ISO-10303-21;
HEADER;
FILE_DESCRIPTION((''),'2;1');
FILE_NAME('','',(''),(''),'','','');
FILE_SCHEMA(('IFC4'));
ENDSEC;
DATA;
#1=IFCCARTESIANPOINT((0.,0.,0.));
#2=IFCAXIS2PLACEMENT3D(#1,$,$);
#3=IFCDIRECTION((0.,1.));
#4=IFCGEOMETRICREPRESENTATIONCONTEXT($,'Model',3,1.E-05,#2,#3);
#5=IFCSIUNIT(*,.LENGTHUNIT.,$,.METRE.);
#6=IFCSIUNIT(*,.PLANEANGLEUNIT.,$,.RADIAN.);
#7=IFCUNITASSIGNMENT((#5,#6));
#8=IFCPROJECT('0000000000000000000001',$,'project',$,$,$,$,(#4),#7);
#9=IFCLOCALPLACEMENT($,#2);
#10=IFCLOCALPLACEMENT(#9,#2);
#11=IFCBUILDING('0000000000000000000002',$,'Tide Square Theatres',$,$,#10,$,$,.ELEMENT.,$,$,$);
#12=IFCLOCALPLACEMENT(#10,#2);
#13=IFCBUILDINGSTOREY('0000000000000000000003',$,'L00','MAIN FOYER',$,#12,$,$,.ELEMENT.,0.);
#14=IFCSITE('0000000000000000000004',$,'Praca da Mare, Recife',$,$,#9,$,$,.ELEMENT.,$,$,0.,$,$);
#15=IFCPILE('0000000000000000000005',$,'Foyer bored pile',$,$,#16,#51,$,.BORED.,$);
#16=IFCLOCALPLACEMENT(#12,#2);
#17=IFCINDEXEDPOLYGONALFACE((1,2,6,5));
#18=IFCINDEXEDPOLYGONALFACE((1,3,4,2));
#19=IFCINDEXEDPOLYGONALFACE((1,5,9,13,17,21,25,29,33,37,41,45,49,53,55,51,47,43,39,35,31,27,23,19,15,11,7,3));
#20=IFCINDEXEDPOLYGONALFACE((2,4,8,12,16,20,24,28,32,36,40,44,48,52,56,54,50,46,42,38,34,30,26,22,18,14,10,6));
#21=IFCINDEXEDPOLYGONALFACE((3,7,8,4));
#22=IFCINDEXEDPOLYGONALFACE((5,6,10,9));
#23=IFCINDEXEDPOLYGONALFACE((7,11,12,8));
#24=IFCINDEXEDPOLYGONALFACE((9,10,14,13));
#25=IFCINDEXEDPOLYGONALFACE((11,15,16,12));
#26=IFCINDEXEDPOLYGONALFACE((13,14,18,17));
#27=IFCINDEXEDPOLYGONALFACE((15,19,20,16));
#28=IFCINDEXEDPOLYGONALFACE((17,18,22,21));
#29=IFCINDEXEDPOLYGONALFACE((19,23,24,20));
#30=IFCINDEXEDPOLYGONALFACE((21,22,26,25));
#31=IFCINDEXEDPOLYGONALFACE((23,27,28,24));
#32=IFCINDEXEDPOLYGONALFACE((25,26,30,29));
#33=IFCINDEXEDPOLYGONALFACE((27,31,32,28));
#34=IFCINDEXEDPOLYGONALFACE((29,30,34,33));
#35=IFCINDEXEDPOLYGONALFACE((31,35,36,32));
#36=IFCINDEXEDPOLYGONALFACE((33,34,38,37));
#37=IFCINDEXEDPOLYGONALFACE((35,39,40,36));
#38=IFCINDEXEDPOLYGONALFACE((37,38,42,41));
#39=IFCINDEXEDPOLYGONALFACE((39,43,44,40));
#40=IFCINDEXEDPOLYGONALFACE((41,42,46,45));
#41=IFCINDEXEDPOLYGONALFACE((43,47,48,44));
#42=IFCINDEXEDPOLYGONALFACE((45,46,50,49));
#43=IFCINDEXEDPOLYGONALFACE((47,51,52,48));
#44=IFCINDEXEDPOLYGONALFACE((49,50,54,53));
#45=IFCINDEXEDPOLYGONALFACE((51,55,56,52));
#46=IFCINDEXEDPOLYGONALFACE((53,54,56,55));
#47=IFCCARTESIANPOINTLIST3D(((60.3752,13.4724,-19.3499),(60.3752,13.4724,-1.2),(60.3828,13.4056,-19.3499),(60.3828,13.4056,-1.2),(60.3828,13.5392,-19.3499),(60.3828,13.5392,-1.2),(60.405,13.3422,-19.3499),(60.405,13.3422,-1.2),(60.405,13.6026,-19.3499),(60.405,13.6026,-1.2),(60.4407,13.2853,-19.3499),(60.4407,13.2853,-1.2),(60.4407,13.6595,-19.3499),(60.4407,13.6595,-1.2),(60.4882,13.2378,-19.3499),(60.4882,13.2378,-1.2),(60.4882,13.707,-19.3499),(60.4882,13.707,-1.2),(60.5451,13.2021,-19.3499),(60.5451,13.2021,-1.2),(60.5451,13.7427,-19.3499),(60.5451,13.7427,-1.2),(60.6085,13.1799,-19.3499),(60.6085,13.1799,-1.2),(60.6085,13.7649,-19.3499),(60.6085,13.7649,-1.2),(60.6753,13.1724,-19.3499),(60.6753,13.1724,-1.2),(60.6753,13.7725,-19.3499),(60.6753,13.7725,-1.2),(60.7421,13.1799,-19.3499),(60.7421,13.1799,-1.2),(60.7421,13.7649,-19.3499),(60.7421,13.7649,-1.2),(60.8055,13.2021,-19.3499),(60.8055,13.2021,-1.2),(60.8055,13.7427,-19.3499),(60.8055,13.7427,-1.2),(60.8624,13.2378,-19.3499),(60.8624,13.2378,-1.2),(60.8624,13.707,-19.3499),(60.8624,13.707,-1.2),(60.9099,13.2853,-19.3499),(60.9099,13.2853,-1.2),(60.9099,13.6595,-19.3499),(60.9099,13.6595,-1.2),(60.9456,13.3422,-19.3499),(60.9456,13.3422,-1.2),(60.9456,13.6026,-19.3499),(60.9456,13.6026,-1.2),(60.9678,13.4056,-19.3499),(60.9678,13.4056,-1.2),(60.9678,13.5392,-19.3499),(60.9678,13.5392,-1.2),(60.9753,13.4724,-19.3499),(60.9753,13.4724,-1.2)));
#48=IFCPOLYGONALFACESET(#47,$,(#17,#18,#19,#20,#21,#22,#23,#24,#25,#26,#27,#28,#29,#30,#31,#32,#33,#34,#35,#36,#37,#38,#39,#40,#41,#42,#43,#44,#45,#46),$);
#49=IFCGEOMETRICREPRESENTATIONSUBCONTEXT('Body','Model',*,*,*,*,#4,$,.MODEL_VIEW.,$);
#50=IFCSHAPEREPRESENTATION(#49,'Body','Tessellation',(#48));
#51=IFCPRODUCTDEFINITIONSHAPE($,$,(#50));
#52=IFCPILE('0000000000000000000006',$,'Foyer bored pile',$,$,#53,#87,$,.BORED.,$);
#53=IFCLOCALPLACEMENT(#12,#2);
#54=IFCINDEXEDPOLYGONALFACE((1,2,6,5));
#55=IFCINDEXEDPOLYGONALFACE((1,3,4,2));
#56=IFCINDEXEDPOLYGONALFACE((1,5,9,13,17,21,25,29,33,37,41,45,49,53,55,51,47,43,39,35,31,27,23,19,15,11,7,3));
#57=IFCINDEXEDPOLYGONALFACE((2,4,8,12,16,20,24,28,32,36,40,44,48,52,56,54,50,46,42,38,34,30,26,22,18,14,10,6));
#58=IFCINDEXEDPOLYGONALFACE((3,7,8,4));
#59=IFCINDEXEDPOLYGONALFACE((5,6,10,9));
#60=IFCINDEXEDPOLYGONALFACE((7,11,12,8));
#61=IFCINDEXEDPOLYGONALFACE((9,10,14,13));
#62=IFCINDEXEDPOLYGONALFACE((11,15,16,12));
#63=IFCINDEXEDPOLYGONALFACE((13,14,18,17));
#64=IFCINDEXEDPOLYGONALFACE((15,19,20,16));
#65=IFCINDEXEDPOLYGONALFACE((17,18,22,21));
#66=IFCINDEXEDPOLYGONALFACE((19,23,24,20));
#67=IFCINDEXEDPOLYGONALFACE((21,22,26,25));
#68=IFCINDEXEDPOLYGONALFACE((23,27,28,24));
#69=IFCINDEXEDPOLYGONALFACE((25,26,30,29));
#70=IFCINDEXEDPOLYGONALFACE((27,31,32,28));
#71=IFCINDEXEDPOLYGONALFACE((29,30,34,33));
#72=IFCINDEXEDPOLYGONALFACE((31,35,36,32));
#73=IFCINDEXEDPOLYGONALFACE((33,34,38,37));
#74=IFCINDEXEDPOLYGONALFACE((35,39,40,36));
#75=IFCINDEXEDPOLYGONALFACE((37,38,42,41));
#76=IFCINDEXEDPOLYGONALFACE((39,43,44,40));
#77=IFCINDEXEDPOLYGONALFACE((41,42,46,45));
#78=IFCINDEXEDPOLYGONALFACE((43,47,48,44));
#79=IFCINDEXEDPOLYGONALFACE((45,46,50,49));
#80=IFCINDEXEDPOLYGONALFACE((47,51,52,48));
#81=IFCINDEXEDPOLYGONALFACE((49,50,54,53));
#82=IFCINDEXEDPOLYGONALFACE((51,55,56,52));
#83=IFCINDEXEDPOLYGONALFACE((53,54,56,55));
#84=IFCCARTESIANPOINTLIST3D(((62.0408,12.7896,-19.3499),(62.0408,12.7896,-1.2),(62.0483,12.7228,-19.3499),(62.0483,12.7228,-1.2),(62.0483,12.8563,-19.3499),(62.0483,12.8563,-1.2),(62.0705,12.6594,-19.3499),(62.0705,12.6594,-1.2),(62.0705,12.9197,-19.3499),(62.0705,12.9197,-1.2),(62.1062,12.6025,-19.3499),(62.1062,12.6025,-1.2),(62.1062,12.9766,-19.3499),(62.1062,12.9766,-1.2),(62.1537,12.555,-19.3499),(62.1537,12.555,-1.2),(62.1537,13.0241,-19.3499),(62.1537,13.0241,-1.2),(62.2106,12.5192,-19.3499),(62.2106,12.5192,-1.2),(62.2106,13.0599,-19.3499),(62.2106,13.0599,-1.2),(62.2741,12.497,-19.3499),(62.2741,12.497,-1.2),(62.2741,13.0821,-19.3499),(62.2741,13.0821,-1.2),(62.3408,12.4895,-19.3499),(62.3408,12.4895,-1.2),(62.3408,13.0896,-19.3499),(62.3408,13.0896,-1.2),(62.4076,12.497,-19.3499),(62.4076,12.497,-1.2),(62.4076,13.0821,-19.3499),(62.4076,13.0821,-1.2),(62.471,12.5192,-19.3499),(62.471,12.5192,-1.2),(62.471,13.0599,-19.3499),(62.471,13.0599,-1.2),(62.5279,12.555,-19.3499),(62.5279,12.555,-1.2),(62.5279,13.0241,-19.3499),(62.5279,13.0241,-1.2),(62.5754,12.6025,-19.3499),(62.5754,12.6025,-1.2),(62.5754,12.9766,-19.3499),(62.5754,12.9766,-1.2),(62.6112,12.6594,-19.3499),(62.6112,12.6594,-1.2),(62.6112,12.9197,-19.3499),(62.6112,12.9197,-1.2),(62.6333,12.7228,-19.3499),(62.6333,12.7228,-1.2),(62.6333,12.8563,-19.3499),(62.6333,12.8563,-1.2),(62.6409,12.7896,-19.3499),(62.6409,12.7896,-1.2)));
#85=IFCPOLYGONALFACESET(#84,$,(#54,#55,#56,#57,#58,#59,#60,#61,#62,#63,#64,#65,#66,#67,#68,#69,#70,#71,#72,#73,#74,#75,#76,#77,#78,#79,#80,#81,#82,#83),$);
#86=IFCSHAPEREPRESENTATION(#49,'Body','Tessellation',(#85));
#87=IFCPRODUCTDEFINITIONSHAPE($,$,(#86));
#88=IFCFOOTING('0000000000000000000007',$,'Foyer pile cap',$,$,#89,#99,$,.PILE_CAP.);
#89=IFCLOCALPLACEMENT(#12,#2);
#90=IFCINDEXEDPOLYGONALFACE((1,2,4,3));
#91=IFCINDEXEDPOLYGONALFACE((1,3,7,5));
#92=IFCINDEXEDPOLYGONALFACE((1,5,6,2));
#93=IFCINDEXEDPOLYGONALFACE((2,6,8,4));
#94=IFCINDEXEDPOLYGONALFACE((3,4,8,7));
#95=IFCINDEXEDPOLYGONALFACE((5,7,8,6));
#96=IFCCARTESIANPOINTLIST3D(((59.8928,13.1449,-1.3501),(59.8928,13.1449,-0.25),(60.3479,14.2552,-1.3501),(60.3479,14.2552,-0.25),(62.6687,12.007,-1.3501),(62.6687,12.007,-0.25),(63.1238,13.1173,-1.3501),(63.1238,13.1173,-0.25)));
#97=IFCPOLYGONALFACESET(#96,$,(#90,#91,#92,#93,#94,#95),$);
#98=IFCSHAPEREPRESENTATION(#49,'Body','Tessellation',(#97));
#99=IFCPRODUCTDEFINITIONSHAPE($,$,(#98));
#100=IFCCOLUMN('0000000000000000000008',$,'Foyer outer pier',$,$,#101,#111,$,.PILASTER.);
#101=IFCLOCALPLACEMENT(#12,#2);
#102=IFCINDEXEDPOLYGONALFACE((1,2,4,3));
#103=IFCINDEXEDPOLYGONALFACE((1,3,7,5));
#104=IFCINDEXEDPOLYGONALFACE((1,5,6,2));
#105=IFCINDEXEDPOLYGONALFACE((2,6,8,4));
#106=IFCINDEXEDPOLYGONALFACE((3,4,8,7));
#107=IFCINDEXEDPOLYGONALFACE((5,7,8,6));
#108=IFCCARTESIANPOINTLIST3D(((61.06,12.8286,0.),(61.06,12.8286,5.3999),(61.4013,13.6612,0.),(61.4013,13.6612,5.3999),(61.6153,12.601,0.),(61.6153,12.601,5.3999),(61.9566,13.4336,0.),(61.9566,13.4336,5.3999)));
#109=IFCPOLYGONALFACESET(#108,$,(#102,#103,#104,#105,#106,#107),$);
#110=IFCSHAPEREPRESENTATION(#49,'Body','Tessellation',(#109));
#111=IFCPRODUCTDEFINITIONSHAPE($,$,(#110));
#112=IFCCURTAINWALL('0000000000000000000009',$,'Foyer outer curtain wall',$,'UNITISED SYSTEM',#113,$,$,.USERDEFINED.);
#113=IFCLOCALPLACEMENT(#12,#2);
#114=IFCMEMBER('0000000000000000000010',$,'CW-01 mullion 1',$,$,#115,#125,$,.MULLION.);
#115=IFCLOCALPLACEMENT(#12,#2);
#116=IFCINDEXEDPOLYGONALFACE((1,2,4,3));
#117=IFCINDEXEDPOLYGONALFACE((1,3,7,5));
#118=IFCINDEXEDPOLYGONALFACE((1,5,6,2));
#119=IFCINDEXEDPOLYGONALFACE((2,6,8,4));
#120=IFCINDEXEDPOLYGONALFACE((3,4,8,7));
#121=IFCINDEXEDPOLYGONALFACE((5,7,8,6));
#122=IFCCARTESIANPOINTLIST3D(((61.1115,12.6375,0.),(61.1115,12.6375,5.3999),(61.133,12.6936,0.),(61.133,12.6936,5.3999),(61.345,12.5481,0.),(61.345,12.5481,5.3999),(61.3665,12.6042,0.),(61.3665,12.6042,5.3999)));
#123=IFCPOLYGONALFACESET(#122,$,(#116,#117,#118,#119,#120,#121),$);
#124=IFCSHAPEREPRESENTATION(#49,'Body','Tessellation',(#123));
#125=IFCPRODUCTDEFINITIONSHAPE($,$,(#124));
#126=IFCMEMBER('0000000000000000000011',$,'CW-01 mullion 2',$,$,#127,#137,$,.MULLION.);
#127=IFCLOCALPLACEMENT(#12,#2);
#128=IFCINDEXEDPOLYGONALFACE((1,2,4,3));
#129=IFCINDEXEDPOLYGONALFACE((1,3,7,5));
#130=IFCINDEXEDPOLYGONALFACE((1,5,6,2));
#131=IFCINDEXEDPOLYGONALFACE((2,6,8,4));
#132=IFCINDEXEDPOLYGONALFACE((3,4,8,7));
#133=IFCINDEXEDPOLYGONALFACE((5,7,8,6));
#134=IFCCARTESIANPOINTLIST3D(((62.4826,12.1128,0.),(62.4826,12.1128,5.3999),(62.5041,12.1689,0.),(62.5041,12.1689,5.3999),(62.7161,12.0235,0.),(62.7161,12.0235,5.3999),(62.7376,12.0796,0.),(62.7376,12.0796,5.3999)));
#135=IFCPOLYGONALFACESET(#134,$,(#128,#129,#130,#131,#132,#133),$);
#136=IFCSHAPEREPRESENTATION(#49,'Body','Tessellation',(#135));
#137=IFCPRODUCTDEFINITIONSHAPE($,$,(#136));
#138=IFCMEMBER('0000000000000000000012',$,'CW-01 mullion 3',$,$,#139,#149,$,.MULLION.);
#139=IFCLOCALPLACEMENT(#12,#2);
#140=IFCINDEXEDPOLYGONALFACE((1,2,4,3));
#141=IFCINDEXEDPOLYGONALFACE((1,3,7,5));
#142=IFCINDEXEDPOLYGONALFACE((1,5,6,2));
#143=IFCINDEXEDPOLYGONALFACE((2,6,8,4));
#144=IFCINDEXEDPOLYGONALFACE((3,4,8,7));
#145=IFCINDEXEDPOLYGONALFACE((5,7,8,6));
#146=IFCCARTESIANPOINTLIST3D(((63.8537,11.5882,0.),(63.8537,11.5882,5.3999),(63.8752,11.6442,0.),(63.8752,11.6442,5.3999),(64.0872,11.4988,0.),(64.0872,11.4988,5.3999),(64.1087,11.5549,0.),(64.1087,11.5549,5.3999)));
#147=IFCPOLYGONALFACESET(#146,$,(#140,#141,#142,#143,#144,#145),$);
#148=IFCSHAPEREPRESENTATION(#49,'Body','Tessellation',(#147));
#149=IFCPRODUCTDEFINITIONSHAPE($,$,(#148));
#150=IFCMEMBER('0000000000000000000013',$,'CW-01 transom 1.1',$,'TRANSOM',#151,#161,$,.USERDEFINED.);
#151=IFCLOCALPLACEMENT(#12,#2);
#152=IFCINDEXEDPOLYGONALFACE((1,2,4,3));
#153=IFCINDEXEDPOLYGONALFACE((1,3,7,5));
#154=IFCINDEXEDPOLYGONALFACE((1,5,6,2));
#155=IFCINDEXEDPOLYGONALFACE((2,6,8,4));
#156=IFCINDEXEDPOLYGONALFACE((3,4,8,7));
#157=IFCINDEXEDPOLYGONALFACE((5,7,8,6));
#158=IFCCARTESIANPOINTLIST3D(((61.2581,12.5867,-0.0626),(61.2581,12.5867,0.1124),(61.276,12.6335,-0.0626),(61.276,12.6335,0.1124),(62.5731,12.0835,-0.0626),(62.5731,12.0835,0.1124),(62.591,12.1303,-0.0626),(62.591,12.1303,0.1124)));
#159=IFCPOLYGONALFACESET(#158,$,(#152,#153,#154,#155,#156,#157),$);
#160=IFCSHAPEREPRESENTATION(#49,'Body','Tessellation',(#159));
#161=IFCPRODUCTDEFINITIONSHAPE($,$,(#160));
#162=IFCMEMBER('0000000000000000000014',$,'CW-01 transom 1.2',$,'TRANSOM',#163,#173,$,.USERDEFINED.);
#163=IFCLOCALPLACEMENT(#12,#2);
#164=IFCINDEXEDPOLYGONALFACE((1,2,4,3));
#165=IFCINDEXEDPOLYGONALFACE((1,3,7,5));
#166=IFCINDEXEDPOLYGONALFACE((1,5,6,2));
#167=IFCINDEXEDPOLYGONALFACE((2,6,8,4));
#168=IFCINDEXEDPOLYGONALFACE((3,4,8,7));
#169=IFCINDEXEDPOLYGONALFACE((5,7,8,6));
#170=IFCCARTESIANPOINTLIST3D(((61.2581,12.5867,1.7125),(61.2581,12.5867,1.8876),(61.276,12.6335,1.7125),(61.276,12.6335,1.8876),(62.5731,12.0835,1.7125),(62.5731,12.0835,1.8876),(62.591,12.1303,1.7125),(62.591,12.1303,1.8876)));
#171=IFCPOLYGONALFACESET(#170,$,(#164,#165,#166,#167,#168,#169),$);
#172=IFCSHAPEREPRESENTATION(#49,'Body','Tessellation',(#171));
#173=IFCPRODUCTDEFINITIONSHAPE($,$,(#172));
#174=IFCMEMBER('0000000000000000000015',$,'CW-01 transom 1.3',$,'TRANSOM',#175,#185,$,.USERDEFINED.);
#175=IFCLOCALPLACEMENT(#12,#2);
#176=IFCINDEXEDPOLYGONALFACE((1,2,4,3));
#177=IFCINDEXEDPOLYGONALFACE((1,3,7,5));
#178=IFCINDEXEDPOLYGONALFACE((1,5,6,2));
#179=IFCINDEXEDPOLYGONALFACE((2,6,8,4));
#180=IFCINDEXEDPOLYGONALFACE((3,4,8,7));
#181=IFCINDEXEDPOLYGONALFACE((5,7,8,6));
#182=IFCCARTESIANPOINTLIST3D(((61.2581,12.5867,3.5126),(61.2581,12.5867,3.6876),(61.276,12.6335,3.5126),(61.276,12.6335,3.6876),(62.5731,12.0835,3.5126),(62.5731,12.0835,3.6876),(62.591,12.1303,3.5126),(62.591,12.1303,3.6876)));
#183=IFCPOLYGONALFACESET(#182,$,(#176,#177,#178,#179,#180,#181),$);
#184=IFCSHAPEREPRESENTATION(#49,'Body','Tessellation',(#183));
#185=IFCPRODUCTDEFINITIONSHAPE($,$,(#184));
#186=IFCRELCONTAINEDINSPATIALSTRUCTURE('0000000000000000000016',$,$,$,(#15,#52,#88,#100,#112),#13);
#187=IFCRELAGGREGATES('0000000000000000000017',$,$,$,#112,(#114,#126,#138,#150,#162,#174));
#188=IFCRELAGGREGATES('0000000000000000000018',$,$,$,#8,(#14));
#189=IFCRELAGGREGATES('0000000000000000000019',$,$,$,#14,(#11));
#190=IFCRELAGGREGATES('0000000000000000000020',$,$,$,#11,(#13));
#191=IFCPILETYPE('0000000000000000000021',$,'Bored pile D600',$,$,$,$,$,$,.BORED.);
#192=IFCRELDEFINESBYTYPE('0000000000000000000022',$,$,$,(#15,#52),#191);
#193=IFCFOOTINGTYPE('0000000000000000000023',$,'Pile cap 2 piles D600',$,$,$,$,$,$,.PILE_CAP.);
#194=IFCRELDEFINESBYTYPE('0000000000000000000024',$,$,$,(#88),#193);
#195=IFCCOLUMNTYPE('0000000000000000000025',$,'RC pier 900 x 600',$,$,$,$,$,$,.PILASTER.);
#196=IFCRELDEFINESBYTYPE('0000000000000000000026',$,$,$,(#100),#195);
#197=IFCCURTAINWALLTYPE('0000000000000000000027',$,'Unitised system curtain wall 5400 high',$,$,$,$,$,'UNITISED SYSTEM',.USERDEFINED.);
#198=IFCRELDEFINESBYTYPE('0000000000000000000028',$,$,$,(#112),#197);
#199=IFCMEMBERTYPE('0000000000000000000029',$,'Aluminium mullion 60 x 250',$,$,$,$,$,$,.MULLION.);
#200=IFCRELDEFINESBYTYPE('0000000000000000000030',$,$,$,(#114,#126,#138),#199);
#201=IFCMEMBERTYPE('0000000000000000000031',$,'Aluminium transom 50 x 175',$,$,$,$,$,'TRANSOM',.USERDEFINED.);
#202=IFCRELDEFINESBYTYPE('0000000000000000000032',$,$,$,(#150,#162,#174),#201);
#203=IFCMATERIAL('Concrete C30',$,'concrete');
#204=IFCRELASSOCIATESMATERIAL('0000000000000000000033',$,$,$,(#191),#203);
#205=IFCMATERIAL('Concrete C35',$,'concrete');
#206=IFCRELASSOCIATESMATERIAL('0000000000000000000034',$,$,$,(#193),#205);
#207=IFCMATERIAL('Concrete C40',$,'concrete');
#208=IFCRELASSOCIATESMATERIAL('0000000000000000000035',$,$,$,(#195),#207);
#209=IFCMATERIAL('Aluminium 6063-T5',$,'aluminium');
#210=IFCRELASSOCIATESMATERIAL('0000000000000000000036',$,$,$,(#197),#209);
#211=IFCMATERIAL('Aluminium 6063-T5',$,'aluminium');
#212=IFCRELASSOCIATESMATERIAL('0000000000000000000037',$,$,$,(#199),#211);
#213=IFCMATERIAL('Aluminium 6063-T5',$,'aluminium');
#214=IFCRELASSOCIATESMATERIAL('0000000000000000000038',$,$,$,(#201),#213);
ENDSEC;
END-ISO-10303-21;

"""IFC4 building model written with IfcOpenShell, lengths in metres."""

from ifc_helpers import new_model, si_unit, direction, frame, origin, origin_2d, place, context, subcontext, project, spatial, rectangle, circle, extrude, material, material_profile, profile_set, type_object, element, aggregate, save


model = new_model("IFC4")

# Units and contexts
model_context = context("Model", 3, precision=1e-05, world=origin(), true_north=direction((0.0, 1.0)))
body_context = subcontext(model_context, "Body", "Model", "MODEL_VIEW")
ifc_project = project(units=[si_unit("LENGTHUNIT", "METRE"), si_unit("PLANEANGLEUNIT", "RADIAN")], contexts=[model_context])

# Site, building, storey
site_placement = place(None, origin())
site = spatial("IfcSite", under=ifc_project, at=site_placement, Name="Praca da Mare, Recife", CompositionType="ELEMENT", RefElevation=0.0)
building_placement = place(site_placement, origin())
building = spatial("IfcBuilding", under=site, at=building_placement, Name="Tide Square Theatres", CompositionType="ELEMENT")
storey_placement = place(building_placement, origin())
storey = spatial("IfcBuildingStorey", under=building, at=storey_placement, Name="L00", Description="MAIN FOYER", CompositionType="ELEMENT", Elevation=0.0)

# Piles
ifc_material_1 = material(Name="Concrete C30", Category="concrete")
ifc_material_profile_1 = material_profile(ifc_material_1, circle(Radius=0.3, at=origin_2d()))
ifc_profile_set_1 = profile_set([ifc_material_profile_1], Name="Concrete C30")
pile_type = type_object("IfcPileType", Name="Bored pile D600", PredefinedType="BORED", material=ifc_profile_set_1)
for number, where, z_axis, x_axis, name in (
    (1, (60.6753, 13.4724, -1.2), (0.0, 0.0, -1.0), (1.0, 0.0, 0.0), "Foyer bored pile"),
    (2, (62.3408, 12.7896, -1.2), (0.0, 0.0, -1.0), (1.0, 0.0, 0.0), "Foyer bored pile"),
):
    element("IfcPile", number, at=place(storey_placement, frame(where, z_axis=z_axis, x_axis=x_axis)), inside=storey, type_object=pile_type, Name=name, PredefinedType="BORED", context=body_context, shape_type="SweptSolid", body=[
        extrude(circle(Radius=0.3, at=origin_2d()), origin(), (0.0, 0.0, 1.0), 18.1499),
    ])

# Footing
ifc_material_2 = material(Name="Concrete C35", Category="concrete")
footing_type = type_object("IfcFootingType", Name="Pile cap 2 piles D600", PredefinedType="PILE_CAP", material=ifc_material_2)
footing_placement = place(storey_placement, frame((61.5083, 13.1311, -1.3501), z_axis=(0.0, 0.0, 1.0), x_axis=(0.925279, -0.379288, 0.0)))
element("IfcFooting", 3, at=footing_placement, inside=storey, type_object=footing_type, Name="Foyer pile cap", PredefinedType="PILE_CAP", context=body_context, shape_type="SweptSolid", body=[
    extrude(rectangle(XDim=3.0, YDim=1.2, at=origin_2d()), origin(), (0.0, 0.0, 1.0), 1.1001),
])

# Column
ifc_material_3 = material(Name="Concrete C40", Category="concrete")
ifc_material_profile_2 = material_profile(ifc_material_3, rectangle(XDim=0.8999, YDim=0.6001, at=origin_2d()))
ifc_profile_set_2 = profile_set([ifc_material_profile_2], Name="Concrete C40")
column_type = type_object("IfcColumnType", Name="RC pier 900 x 600", PredefinedType="PILASTER", material=ifc_profile_set_2)
column_placement = place(storey_placement, frame((61.5083, 13.1311, 0.0), z_axis=(0.0, 0.0, 1.0), x_axis=(-0.379288, -0.925279, 0.0)))
element("IfcColumn", 4, at=column_placement, inside=storey, type_object=column_type, Name="Foyer outer pier", PredefinedType="PILASTER", context=body_context, shape_type="SweptSolid", body=[
    extrude(rectangle(XDim=0.8999, YDim=0.6001, at=origin_2d()), origin(), (0.0, 0.0, 1.0), 5.3999),
])

# Curtain wall, members
ifc_material_4 = material(Name="Aluminium 6063-T5", Category="aluminium")
curtain_wall_type = type_object("IfcCurtainWallType", Name="Unitised system curtain wall 5400 high", ElementType="UNITISED SYSTEM", PredefinedType="USERDEFINED", material=ifc_material_4)
curtain_wall_placement = place(storey_placement, origin())
curtain_wall = element("IfcCurtainWall", 5, at=curtain_wall_placement, inside=storey, type_object=curtain_wall_type, Name="Foyer outer curtain wall", ObjectType="UNITISED SYSTEM", PredefinedType="USERDEFINED")
ifc_material_5 = material(Name="Aluminium 6063-T5", Category="aluminium")
ifc_material_profile_3 = material_profile(ifc_material_5, rectangle(XDim=0.0601, YDim=0.25, at=origin_2d()))
ifc_profile_set_3 = profile_set([ifc_material_profile_3], Name="Aluminium 6063-T5")
member_type_1 = type_object("IfcMemberType", Name="Aluminium mullion 60 x 250", PredefinedType="MULLION", material=ifc_profile_set_3)
member_1_placement = place(storey_placement, frame((61.239, 12.6208, 0.0), z_axis=(0.0, 0.0, 1.0), x_axis=(0.357352, 0.93397, 0.0)))
member_1 = element("IfcMember", 6, at=member_1_placement, type_object=member_type_1, Name="CW-01 mullion 1", PredefinedType="MULLION", context=body_context, shape_type="SweptSolid", body=[
    extrude(rectangle(XDim=0.0601, YDim=0.25, at=origin_2d()), origin(), (0.0, 0.0, 1.0), 5.3999),
])
member_2_placement = place(storey_placement, frame((62.6101, 12.0962, 0.0), z_axis=(0.0, 0.0, 1.0), x_axis=(0.357352, 0.93397, 0.0)))
member_2 = element("IfcMember", 7, at=member_2_placement, type_object=member_type_1, Name="CW-01 mullion 2", PredefinedType="MULLION", context=body_context, shape_type="SweptSolid", body=[
    extrude(rectangle(XDim=0.0601, YDim=0.25, at=origin_2d()), origin(), (0.0, 0.0, 1.0), 5.3999),
])
member_3_placement = place(storey_placement, frame((63.9812, 11.5715, 0.0), z_axis=(0.0, 0.0, 1.0), x_axis=(0.357352, 0.93397, 0.0)))
member_3 = element("IfcMember", 8, at=member_3_placement, type_object=member_type_1, Name="CW-01 mullion 3", PredefinedType="MULLION", context=body_context, shape_type="SweptSolid", body=[
    extrude(rectangle(XDim=0.0601, YDim=0.25, at=origin_2d()), origin(), (0.0, 0.0, 1.0), 5.3999),
])
ifc_material_6 = material(Name="Aluminium 6063-T5", Category="aluminium")
ifc_material_profile_4 = material_profile(ifc_material_6, rectangle(XDim=0.05, YDim=0.175, at=origin_2d()))
ifc_profile_set_4 = profile_set([ifc_material_profile_4], Name="Aluminium 6063-T5")
member_type_2 = type_object("IfcMemberType", Name="Aluminium transom 50 x 175", ElementType="TRANSOM", PredefinedType="USERDEFINED", material=ifc_profile_set_4)
member_4_placement = place(storey_placement, frame((61.2671, 12.6101, 0.0249), z_axis=(0.933957, -0.357387, 0.0), x_axis=(0.357387, 0.933957, 0.0)))
member_4 = element("IfcMember", 9, at=member_4_placement, type_object=member_type_2, Name="CW-01 transom 1.1", ObjectType="TRANSOM", PredefinedType="USERDEFINED", context=body_context, shape_type="SweptSolid", body=[
    extrude(rectangle(XDim=0.05, YDim=0.175, at=origin_2d()), origin(), (0.0, 0.0, 1.0), 1.408),
])
member_5_placement = place(storey_placement, frame((61.2671, 12.6101, 1.8), z_axis=(0.933957, -0.357387, 0.0), x_axis=(0.357387, 0.933957, 0.0)))
member_5 = element("IfcMember", 10, at=member_5_placement, type_object=member_type_2, Name="CW-01 transom 1.2", ObjectType="TRANSOM", PredefinedType="USERDEFINED", context=body_context, shape_type="SweptSolid", body=[
    extrude(rectangle(XDim=0.05, YDim=0.175, at=origin_2d()), origin(), (0.0, 0.0, 1.0), 1.408),
])
member_6_placement = place(storey_placement, frame((61.2671, 12.6101, 3.6001), z_axis=(0.933957, -0.357387, 0.0), x_axis=(0.357387, 0.933957, 0.0)))
member_6 = element("IfcMember", 11, at=member_6_placement, type_object=member_type_2, Name="CW-01 transom 1.3", ObjectType="TRANSOM", PredefinedType="USERDEFINED", context=body_context, shape_type="SweptSolid", body=[
    extrude(rectangle(XDim=0.05, YDim=0.175, at=origin_2d()), origin(), (0.0, 0.0, 1.0), 1.408),
])
aggregate(curtain_wall, [member_1, member_2, member_3, member_4, member_5, member_6])

save(model, "model.ifc")
